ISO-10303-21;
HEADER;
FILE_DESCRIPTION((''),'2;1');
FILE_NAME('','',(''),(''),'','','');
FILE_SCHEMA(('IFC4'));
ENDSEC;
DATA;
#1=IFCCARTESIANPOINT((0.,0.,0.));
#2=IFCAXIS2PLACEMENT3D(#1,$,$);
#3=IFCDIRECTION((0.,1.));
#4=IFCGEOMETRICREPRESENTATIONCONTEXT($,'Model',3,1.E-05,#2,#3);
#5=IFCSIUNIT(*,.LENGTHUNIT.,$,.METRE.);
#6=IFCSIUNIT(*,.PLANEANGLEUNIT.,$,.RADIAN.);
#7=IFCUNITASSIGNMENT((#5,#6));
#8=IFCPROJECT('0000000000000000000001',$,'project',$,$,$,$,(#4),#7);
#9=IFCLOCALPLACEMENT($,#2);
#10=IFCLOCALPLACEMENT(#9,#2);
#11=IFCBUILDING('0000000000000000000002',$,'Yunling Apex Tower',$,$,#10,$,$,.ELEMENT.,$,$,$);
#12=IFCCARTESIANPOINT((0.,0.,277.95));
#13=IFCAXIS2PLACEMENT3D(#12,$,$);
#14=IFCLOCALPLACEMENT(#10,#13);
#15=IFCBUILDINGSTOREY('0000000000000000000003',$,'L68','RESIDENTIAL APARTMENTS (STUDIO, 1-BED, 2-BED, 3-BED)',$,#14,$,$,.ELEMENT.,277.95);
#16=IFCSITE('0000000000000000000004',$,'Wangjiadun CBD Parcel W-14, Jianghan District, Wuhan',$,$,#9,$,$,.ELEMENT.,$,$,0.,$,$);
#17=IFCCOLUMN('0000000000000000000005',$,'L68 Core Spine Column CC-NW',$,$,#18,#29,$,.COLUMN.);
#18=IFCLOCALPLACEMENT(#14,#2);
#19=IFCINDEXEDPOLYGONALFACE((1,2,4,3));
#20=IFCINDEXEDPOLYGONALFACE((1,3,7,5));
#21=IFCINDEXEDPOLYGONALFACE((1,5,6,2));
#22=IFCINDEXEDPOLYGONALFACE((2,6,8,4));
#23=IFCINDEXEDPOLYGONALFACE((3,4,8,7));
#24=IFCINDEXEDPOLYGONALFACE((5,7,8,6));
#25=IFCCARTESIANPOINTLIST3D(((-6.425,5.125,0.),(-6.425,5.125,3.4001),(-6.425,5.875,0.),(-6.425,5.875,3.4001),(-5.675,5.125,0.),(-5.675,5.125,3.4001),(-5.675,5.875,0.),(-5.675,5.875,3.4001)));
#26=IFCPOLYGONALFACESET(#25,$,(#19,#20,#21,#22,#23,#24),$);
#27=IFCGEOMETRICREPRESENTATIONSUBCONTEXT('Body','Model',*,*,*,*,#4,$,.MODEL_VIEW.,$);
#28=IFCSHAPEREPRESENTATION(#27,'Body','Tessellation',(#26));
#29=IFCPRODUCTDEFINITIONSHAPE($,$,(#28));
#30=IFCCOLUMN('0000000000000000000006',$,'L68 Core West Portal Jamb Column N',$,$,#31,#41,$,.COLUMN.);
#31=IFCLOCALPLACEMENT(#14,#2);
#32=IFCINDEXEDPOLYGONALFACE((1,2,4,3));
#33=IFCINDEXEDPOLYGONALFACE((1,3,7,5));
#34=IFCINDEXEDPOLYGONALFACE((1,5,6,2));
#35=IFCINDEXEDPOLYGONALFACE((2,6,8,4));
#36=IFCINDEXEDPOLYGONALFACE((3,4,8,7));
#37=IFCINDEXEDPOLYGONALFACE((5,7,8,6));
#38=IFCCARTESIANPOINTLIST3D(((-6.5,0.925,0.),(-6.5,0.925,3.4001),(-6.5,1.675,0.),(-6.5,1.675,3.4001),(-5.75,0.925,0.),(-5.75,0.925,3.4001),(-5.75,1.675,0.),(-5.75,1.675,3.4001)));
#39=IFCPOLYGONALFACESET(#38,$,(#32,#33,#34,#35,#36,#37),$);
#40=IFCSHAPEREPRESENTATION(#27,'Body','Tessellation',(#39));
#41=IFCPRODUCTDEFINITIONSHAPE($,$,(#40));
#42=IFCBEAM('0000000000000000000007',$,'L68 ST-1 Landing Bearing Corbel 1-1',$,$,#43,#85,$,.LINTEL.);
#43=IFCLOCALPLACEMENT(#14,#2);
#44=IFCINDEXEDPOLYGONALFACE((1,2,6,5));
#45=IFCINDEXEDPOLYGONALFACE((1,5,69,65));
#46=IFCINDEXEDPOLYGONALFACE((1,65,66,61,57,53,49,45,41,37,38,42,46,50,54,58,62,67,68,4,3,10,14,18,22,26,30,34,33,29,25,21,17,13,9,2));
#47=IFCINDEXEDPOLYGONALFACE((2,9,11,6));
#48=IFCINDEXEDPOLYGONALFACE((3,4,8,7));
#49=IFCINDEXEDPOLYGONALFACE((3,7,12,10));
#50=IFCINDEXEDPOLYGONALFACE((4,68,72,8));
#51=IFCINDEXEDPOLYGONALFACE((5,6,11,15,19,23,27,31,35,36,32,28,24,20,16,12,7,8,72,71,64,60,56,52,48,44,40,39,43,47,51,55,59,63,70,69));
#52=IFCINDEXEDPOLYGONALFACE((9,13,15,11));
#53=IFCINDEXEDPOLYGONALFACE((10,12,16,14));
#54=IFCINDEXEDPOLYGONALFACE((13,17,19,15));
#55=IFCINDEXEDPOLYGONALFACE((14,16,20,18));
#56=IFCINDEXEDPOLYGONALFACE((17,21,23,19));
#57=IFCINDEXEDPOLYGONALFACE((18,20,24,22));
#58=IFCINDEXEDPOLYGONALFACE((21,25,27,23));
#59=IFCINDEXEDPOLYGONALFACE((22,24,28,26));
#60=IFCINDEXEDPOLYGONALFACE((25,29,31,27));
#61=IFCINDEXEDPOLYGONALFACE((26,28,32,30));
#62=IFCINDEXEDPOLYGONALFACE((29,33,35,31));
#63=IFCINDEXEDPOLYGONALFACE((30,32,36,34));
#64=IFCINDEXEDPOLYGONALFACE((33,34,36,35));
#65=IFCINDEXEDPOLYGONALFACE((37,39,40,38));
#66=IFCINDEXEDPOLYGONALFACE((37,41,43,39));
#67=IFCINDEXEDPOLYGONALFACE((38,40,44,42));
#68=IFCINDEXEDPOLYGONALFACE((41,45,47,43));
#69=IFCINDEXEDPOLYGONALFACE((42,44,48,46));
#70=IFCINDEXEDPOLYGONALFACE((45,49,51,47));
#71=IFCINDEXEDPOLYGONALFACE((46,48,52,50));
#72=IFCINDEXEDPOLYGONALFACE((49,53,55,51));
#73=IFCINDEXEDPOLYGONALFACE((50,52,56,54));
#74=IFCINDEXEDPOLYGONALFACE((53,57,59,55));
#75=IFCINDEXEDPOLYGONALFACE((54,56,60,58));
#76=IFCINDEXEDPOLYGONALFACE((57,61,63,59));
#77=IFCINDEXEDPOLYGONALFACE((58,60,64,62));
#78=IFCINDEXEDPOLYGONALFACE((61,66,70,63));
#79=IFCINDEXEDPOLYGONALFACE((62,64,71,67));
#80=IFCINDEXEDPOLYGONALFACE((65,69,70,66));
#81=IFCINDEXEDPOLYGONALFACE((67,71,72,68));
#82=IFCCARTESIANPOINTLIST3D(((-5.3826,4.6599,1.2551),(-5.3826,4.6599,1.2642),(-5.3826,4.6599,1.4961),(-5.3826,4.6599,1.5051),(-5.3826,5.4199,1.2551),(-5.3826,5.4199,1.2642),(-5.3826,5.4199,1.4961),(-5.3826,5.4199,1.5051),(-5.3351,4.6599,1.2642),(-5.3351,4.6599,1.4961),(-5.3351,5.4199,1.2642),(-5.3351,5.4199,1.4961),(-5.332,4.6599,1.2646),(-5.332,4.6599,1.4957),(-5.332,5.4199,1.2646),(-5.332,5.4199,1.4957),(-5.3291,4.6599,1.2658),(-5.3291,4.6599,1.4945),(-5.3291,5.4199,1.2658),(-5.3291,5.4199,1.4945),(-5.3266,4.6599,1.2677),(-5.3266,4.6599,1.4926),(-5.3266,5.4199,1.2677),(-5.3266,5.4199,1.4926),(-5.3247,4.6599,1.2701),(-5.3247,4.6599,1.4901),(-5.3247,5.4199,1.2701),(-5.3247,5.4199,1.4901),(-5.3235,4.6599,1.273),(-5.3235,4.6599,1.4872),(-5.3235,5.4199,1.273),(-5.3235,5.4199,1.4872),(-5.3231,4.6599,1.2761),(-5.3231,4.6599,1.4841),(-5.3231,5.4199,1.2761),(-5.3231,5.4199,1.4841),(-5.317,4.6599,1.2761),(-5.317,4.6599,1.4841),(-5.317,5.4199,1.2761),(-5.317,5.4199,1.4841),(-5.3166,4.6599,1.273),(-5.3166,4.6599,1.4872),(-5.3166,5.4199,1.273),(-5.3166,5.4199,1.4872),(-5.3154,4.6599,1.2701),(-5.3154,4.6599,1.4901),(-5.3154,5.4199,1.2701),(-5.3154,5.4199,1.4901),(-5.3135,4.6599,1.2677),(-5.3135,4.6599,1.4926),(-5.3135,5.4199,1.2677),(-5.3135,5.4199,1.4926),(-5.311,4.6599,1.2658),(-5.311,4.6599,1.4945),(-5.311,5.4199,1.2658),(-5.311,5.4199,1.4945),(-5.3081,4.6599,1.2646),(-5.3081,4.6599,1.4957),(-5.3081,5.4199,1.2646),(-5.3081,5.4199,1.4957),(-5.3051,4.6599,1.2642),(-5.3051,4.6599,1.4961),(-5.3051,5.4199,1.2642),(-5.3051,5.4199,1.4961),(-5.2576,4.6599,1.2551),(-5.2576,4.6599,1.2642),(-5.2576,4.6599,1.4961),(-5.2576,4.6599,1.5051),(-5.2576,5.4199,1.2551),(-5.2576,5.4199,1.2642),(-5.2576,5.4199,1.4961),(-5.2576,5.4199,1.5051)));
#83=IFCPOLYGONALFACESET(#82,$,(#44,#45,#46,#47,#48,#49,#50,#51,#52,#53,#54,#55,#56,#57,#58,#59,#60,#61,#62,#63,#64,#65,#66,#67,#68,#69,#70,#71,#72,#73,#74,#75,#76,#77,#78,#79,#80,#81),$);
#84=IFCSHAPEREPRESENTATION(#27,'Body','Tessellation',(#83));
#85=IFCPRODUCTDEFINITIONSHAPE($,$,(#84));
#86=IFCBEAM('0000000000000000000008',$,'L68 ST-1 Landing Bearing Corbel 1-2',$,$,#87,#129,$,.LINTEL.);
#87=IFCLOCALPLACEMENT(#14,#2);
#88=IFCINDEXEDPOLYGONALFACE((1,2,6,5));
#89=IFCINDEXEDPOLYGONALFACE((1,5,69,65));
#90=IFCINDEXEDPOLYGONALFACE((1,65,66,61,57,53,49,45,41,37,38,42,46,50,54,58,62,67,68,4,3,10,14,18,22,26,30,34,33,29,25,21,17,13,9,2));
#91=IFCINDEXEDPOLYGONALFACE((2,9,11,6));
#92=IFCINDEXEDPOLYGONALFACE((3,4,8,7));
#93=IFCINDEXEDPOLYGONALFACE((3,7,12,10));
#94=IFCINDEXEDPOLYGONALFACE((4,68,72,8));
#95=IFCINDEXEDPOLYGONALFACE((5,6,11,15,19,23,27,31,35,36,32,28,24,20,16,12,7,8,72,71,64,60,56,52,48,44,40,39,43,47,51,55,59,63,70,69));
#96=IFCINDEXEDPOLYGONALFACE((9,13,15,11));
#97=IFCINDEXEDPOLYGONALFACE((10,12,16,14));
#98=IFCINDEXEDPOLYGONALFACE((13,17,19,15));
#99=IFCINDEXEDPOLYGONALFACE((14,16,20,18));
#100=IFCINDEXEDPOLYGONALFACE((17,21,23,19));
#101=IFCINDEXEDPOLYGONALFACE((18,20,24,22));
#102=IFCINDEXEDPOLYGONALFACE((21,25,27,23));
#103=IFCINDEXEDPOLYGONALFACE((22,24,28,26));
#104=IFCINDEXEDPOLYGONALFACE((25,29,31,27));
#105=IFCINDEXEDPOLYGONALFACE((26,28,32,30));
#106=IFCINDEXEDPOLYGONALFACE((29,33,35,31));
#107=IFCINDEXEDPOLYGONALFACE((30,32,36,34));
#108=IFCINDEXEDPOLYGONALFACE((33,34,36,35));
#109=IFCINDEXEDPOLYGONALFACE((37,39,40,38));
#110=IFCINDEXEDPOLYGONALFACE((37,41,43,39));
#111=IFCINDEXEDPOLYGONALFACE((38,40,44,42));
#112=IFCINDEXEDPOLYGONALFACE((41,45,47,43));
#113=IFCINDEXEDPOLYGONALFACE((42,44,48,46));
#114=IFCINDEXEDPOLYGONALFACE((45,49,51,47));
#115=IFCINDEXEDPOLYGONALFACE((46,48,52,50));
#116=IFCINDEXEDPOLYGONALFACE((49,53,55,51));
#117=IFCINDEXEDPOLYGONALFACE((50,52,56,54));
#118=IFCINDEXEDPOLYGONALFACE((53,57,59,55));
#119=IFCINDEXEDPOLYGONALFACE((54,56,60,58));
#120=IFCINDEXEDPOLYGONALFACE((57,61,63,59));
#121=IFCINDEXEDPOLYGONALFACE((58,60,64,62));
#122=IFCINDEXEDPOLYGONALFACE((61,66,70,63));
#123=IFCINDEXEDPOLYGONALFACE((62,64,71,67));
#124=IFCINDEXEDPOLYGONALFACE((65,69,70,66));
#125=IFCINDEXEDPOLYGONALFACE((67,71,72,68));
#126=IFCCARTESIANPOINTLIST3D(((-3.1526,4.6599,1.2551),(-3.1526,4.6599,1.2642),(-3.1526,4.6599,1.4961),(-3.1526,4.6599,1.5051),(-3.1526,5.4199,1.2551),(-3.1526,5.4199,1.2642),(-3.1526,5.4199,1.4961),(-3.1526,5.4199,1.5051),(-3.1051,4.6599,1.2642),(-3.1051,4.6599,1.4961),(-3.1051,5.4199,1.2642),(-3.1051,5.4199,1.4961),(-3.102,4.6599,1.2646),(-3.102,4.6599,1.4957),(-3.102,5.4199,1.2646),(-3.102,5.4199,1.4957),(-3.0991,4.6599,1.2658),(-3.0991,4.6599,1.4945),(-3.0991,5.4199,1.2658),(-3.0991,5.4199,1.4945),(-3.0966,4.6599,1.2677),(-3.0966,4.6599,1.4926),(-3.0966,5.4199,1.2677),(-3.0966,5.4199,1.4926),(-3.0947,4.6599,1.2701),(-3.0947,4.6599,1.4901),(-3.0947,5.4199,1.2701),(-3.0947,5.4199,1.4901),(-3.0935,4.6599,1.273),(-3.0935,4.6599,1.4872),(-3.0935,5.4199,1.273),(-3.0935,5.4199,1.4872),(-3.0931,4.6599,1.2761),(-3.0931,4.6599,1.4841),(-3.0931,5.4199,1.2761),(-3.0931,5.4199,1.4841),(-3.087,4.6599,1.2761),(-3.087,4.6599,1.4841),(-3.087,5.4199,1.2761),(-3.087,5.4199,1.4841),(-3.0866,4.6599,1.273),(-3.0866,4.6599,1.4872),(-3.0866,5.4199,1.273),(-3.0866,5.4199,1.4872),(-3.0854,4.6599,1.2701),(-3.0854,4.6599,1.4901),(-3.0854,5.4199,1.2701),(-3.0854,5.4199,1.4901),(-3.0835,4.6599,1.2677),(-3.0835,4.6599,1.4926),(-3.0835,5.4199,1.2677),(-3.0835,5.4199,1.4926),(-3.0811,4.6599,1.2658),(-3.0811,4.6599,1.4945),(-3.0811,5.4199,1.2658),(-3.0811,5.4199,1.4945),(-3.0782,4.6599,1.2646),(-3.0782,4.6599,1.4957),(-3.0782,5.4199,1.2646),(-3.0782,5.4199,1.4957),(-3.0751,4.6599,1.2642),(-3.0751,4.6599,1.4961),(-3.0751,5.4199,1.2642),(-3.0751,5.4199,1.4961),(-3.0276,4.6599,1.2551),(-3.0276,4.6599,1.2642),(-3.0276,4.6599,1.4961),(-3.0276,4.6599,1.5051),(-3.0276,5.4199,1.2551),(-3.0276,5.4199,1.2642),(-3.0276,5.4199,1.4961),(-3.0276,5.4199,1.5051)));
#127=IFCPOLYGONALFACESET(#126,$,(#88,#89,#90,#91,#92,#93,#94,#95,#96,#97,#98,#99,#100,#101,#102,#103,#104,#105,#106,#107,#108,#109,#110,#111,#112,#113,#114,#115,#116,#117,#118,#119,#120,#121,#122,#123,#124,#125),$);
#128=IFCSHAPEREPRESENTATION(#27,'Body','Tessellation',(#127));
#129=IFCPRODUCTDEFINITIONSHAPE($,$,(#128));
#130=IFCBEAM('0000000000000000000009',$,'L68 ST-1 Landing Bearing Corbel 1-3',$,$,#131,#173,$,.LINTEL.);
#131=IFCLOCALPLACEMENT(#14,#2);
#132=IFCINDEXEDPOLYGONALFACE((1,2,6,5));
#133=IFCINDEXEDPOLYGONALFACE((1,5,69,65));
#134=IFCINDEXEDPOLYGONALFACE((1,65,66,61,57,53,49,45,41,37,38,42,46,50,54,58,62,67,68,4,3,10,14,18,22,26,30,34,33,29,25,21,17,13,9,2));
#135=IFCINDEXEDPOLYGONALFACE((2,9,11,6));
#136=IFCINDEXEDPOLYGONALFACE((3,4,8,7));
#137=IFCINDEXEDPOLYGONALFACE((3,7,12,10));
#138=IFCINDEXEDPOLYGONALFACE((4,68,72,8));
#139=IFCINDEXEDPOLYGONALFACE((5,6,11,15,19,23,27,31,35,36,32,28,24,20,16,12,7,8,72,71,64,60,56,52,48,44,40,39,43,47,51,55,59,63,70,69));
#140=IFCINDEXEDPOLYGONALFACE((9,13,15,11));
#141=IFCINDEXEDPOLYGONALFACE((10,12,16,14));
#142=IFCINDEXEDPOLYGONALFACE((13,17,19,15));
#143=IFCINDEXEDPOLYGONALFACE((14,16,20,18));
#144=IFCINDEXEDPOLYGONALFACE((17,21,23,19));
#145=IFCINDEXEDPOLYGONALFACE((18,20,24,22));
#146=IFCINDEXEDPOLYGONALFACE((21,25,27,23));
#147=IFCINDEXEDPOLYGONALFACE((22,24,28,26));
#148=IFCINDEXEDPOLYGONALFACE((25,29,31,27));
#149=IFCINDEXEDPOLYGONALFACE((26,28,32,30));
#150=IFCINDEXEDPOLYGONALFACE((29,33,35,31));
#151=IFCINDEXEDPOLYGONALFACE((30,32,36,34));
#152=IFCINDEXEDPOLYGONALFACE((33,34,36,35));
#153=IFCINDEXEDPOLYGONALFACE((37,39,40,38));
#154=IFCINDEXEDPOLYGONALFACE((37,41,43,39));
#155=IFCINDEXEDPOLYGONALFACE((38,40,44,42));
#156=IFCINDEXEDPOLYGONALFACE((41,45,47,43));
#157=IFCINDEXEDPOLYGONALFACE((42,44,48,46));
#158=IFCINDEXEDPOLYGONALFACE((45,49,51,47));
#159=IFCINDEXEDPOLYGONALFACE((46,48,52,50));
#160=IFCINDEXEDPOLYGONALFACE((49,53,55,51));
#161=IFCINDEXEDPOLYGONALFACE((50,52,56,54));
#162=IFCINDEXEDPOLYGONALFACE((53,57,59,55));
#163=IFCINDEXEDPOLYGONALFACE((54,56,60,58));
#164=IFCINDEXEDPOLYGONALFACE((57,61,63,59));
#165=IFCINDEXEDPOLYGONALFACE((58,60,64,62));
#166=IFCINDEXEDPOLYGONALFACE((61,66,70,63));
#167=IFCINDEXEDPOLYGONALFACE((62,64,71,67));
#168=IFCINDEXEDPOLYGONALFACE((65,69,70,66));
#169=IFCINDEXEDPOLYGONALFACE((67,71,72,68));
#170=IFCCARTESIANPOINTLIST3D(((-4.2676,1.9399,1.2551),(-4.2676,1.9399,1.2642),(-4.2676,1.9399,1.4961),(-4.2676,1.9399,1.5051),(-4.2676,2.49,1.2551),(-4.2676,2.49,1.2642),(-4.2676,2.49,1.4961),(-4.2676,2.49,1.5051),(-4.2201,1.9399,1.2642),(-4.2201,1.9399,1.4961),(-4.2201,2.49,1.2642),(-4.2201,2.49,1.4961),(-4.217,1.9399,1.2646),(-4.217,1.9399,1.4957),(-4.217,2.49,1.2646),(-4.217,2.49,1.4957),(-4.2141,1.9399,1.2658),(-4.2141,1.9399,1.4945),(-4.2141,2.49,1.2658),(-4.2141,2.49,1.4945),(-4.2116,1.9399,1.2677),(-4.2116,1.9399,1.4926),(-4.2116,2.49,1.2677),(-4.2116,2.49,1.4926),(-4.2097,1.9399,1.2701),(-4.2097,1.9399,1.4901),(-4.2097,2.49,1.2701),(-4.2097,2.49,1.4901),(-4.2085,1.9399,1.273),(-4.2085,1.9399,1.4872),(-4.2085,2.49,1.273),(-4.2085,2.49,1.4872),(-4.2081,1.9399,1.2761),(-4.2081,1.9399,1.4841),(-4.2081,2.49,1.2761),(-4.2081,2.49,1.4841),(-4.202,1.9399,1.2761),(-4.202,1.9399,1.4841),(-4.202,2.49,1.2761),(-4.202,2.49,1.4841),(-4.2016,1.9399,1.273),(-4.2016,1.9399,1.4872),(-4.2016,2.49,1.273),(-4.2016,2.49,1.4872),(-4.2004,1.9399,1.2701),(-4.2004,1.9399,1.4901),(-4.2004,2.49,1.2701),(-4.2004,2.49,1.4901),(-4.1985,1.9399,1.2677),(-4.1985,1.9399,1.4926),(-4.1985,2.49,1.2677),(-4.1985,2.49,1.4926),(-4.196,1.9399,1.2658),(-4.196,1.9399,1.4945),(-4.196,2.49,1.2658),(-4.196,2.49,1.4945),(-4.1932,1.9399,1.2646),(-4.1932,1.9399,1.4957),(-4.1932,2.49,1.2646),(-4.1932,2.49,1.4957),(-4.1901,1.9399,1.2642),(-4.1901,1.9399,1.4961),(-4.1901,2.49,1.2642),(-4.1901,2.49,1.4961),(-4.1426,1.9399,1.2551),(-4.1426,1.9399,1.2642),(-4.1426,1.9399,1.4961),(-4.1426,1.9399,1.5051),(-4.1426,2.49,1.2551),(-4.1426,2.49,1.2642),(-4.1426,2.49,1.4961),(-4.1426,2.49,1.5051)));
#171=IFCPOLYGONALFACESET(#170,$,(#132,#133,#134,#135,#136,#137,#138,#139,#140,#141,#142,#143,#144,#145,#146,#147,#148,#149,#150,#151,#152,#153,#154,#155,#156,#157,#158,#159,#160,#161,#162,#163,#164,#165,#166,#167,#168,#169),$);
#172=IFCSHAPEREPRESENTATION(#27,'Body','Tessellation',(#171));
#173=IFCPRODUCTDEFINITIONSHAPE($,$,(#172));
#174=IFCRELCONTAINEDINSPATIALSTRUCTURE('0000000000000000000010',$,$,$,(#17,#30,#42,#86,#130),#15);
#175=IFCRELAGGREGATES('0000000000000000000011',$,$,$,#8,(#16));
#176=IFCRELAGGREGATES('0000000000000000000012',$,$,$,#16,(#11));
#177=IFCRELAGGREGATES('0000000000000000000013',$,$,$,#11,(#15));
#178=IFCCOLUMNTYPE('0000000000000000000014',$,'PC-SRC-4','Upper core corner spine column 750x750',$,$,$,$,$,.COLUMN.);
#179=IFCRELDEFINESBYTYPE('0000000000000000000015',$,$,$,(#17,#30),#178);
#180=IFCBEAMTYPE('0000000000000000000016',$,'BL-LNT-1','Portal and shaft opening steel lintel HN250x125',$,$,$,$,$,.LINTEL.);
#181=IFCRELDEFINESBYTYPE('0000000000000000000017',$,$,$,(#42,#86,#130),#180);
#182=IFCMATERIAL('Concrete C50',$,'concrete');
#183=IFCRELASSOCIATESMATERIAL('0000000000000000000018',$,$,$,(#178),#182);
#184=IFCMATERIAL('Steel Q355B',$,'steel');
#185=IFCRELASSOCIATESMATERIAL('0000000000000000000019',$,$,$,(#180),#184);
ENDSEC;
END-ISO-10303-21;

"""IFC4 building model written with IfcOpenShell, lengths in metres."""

from ifc_helpers import new_model, si_unit, direction, frame, origin, origin_2d, place, context, subcontext, project, spatial, rectangle, i_section, extrude, source, transform, mapped, material, material_profile, profile_set, type_object, element, save


model = new_model("IFC4")

# Units and contexts
model_context = context("Model", 3, precision=1e-05, world=origin(), true_north=direction((0.0, 1.0)))
body_context = subcontext(model_context, "Body", "Model", "MODEL_VIEW")
ifc_project = project(units=[si_unit("LENGTHUNIT", "METRE"), si_unit("PLANEANGLEUNIT", "RADIAN")], contexts=[model_context])

# Site, building, storey
site_placement = place(None, origin())
site = spatial("IfcSite", under=ifc_project, at=site_placement, Name="Wangjiadun CBD Parcel W-14, Jianghan District, Wuhan", CompositionType="ELEMENT", RefElevation=0.0)
building_placement = place(site_placement, origin())
building = spatial("IfcBuilding", under=site, at=building_placement, Name="Yunling Apex Tower", CompositionType="ELEMENT")
storey_placement = place(building_placement, frame((0.0, 0.0, 277.95)))
storey = spatial("IfcBuildingStorey", under=building, at=storey_placement, Name="L68", Description="RESIDENTIAL APARTMENTS (STUDIO, 1-BED, 2-BED, 3-BED)", CompositionType="ELEMENT", Elevation=277.95)

# Columns
ifc_material_1 = material(Name="Concrete C50", Category="concrete")
ifc_material_profile_1 = material_profile(ifc_material_1, rectangle(XDim=0.75, YDim=0.75, at=origin_2d()))
ifc_profile_set_1 = profile_set([ifc_material_profile_1], Name="Concrete C50")
column_type = type_object("IfcColumnType", Name="PC-SRC-4", Description="Upper core corner spine column 750x750", PredefinedType="COLUMN", material=ifc_profile_set_1)
shared_shape_1 = source(origin(), body_context, "Body", "SweptSolid", [
    extrude(rectangle(XDim=0.75, YDim=0.75, at=origin_2d()), origin(), (0.0, 0.0, 1.0), 3.4001),
])
for number, where, z_axis, x_axis, name in (
    (1, (-6.05, 5.5, 0.0), (0.0, 0.0, 1.0), (1.0, 0.0, 0.0), "L68 Core Spine Column CC-NW"),
    (2, (-6.125, 1.3, 0.0), (0.0, 0.0, 1.0), (1.0, 0.0, 0.0), "L68 Core West Portal Jamb Column N"),
):
    element("IfcColumn", number, at=place(storey_placement, frame(where, z_axis=z_axis, x_axis=x_axis)), inside=storey, type_object=column_type, Name=name, PredefinedType="COLUMN", context=body_context, shape_type="MappedRepresentation", body=[
        mapped(shared_shape_1, transform((0.0, 0.0, 0.0), scale=1.0)),
    ])

# Beams
ifc_material_2 = material(Name="Steel Q355B", Category="steel")
ifc_material_profile_2 = material_profile(ifc_material_2, i_section(OverallWidth=0.125, OverallDepth=0.25, WebThickness=0.0061, FlangeThickness=0.009, FilletRadius=0.012, at=origin_2d()))
ifc_profile_set_2 = profile_set([ifc_material_profile_2], Name="Steel Q355B")
beam_type_1 = type_object("IfcBeamType", Name="BL-LNT-1", Description="Portal and shaft opening steel lintel HN250x125", PredefinedType="LINTEL", material=ifc_profile_set_2)
shared_shape_2 = source(origin(), body_context, "Body", "SweptSolid", [
    extrude(i_section(OverallWidth=0.125, OverallDepth=0.25, WebThickness=0.0061, FlangeThickness=0.009, FilletRadius=0.012, at=origin_2d()), origin(), (0.0, 0.0, 1.0), 0.76),
])
for number, where, z_axis, x_axis, name in (
    (3, (-5.3201, 5.4199, 1.3801), (0.0, -1.0, 0.0), (1.0, 0.0, 0.0), "L68 ST-1 Landing Bearing Corbel 1-1"),
    (4, (-3.0901, 5.4199, 1.3801), (0.0, -1.0, 0.0), (1.0, 0.0, 0.0), "L68 ST-1 Landing Bearing Corbel 1-2"),
):
    element("IfcBeam", number, at=place(storey_placement, frame(where, z_axis=z_axis, x_axis=x_axis)), inside=storey, type_object=beam_type_1, Name=name, PredefinedType="LINTEL", context=body_context, shape_type="MappedRepresentation", body=[
        mapped(shared_shape_2, transform((0.0, 0.0, 0.0), scale=1.0)),
    ])
shared_shape_3 = source(origin(), body_context, "Body", "SweptSolid", [
    extrude(i_section(OverallWidth=0.125, OverallDepth=0.25, WebThickness=0.0061, FlangeThickness=0.009, FilletRadius=0.012, at=origin_2d()), origin(), (0.0, 0.0, 1.0), 0.55),
])
beam_1_placement = place(storey_placement, frame((-4.2051, 1.9399, 1.3801), z_axis=(0.0, 1.0, 0.0), x_axis=(-1.0, 0.0, 0.0)))
element("IfcBeam", 5, at=beam_1_placement, inside=storey, type_object=beam_type_1, Name="L68 ST-1 Landing Bearing Corbel 1-3", PredefinedType="LINTEL", context=body_context, shape_type="MappedRepresentation", body=[
    mapped(shared_shape_3, transform((0.0, 0.0, 0.0), scale=1.0)),
])

save(model, "model.ifc")
